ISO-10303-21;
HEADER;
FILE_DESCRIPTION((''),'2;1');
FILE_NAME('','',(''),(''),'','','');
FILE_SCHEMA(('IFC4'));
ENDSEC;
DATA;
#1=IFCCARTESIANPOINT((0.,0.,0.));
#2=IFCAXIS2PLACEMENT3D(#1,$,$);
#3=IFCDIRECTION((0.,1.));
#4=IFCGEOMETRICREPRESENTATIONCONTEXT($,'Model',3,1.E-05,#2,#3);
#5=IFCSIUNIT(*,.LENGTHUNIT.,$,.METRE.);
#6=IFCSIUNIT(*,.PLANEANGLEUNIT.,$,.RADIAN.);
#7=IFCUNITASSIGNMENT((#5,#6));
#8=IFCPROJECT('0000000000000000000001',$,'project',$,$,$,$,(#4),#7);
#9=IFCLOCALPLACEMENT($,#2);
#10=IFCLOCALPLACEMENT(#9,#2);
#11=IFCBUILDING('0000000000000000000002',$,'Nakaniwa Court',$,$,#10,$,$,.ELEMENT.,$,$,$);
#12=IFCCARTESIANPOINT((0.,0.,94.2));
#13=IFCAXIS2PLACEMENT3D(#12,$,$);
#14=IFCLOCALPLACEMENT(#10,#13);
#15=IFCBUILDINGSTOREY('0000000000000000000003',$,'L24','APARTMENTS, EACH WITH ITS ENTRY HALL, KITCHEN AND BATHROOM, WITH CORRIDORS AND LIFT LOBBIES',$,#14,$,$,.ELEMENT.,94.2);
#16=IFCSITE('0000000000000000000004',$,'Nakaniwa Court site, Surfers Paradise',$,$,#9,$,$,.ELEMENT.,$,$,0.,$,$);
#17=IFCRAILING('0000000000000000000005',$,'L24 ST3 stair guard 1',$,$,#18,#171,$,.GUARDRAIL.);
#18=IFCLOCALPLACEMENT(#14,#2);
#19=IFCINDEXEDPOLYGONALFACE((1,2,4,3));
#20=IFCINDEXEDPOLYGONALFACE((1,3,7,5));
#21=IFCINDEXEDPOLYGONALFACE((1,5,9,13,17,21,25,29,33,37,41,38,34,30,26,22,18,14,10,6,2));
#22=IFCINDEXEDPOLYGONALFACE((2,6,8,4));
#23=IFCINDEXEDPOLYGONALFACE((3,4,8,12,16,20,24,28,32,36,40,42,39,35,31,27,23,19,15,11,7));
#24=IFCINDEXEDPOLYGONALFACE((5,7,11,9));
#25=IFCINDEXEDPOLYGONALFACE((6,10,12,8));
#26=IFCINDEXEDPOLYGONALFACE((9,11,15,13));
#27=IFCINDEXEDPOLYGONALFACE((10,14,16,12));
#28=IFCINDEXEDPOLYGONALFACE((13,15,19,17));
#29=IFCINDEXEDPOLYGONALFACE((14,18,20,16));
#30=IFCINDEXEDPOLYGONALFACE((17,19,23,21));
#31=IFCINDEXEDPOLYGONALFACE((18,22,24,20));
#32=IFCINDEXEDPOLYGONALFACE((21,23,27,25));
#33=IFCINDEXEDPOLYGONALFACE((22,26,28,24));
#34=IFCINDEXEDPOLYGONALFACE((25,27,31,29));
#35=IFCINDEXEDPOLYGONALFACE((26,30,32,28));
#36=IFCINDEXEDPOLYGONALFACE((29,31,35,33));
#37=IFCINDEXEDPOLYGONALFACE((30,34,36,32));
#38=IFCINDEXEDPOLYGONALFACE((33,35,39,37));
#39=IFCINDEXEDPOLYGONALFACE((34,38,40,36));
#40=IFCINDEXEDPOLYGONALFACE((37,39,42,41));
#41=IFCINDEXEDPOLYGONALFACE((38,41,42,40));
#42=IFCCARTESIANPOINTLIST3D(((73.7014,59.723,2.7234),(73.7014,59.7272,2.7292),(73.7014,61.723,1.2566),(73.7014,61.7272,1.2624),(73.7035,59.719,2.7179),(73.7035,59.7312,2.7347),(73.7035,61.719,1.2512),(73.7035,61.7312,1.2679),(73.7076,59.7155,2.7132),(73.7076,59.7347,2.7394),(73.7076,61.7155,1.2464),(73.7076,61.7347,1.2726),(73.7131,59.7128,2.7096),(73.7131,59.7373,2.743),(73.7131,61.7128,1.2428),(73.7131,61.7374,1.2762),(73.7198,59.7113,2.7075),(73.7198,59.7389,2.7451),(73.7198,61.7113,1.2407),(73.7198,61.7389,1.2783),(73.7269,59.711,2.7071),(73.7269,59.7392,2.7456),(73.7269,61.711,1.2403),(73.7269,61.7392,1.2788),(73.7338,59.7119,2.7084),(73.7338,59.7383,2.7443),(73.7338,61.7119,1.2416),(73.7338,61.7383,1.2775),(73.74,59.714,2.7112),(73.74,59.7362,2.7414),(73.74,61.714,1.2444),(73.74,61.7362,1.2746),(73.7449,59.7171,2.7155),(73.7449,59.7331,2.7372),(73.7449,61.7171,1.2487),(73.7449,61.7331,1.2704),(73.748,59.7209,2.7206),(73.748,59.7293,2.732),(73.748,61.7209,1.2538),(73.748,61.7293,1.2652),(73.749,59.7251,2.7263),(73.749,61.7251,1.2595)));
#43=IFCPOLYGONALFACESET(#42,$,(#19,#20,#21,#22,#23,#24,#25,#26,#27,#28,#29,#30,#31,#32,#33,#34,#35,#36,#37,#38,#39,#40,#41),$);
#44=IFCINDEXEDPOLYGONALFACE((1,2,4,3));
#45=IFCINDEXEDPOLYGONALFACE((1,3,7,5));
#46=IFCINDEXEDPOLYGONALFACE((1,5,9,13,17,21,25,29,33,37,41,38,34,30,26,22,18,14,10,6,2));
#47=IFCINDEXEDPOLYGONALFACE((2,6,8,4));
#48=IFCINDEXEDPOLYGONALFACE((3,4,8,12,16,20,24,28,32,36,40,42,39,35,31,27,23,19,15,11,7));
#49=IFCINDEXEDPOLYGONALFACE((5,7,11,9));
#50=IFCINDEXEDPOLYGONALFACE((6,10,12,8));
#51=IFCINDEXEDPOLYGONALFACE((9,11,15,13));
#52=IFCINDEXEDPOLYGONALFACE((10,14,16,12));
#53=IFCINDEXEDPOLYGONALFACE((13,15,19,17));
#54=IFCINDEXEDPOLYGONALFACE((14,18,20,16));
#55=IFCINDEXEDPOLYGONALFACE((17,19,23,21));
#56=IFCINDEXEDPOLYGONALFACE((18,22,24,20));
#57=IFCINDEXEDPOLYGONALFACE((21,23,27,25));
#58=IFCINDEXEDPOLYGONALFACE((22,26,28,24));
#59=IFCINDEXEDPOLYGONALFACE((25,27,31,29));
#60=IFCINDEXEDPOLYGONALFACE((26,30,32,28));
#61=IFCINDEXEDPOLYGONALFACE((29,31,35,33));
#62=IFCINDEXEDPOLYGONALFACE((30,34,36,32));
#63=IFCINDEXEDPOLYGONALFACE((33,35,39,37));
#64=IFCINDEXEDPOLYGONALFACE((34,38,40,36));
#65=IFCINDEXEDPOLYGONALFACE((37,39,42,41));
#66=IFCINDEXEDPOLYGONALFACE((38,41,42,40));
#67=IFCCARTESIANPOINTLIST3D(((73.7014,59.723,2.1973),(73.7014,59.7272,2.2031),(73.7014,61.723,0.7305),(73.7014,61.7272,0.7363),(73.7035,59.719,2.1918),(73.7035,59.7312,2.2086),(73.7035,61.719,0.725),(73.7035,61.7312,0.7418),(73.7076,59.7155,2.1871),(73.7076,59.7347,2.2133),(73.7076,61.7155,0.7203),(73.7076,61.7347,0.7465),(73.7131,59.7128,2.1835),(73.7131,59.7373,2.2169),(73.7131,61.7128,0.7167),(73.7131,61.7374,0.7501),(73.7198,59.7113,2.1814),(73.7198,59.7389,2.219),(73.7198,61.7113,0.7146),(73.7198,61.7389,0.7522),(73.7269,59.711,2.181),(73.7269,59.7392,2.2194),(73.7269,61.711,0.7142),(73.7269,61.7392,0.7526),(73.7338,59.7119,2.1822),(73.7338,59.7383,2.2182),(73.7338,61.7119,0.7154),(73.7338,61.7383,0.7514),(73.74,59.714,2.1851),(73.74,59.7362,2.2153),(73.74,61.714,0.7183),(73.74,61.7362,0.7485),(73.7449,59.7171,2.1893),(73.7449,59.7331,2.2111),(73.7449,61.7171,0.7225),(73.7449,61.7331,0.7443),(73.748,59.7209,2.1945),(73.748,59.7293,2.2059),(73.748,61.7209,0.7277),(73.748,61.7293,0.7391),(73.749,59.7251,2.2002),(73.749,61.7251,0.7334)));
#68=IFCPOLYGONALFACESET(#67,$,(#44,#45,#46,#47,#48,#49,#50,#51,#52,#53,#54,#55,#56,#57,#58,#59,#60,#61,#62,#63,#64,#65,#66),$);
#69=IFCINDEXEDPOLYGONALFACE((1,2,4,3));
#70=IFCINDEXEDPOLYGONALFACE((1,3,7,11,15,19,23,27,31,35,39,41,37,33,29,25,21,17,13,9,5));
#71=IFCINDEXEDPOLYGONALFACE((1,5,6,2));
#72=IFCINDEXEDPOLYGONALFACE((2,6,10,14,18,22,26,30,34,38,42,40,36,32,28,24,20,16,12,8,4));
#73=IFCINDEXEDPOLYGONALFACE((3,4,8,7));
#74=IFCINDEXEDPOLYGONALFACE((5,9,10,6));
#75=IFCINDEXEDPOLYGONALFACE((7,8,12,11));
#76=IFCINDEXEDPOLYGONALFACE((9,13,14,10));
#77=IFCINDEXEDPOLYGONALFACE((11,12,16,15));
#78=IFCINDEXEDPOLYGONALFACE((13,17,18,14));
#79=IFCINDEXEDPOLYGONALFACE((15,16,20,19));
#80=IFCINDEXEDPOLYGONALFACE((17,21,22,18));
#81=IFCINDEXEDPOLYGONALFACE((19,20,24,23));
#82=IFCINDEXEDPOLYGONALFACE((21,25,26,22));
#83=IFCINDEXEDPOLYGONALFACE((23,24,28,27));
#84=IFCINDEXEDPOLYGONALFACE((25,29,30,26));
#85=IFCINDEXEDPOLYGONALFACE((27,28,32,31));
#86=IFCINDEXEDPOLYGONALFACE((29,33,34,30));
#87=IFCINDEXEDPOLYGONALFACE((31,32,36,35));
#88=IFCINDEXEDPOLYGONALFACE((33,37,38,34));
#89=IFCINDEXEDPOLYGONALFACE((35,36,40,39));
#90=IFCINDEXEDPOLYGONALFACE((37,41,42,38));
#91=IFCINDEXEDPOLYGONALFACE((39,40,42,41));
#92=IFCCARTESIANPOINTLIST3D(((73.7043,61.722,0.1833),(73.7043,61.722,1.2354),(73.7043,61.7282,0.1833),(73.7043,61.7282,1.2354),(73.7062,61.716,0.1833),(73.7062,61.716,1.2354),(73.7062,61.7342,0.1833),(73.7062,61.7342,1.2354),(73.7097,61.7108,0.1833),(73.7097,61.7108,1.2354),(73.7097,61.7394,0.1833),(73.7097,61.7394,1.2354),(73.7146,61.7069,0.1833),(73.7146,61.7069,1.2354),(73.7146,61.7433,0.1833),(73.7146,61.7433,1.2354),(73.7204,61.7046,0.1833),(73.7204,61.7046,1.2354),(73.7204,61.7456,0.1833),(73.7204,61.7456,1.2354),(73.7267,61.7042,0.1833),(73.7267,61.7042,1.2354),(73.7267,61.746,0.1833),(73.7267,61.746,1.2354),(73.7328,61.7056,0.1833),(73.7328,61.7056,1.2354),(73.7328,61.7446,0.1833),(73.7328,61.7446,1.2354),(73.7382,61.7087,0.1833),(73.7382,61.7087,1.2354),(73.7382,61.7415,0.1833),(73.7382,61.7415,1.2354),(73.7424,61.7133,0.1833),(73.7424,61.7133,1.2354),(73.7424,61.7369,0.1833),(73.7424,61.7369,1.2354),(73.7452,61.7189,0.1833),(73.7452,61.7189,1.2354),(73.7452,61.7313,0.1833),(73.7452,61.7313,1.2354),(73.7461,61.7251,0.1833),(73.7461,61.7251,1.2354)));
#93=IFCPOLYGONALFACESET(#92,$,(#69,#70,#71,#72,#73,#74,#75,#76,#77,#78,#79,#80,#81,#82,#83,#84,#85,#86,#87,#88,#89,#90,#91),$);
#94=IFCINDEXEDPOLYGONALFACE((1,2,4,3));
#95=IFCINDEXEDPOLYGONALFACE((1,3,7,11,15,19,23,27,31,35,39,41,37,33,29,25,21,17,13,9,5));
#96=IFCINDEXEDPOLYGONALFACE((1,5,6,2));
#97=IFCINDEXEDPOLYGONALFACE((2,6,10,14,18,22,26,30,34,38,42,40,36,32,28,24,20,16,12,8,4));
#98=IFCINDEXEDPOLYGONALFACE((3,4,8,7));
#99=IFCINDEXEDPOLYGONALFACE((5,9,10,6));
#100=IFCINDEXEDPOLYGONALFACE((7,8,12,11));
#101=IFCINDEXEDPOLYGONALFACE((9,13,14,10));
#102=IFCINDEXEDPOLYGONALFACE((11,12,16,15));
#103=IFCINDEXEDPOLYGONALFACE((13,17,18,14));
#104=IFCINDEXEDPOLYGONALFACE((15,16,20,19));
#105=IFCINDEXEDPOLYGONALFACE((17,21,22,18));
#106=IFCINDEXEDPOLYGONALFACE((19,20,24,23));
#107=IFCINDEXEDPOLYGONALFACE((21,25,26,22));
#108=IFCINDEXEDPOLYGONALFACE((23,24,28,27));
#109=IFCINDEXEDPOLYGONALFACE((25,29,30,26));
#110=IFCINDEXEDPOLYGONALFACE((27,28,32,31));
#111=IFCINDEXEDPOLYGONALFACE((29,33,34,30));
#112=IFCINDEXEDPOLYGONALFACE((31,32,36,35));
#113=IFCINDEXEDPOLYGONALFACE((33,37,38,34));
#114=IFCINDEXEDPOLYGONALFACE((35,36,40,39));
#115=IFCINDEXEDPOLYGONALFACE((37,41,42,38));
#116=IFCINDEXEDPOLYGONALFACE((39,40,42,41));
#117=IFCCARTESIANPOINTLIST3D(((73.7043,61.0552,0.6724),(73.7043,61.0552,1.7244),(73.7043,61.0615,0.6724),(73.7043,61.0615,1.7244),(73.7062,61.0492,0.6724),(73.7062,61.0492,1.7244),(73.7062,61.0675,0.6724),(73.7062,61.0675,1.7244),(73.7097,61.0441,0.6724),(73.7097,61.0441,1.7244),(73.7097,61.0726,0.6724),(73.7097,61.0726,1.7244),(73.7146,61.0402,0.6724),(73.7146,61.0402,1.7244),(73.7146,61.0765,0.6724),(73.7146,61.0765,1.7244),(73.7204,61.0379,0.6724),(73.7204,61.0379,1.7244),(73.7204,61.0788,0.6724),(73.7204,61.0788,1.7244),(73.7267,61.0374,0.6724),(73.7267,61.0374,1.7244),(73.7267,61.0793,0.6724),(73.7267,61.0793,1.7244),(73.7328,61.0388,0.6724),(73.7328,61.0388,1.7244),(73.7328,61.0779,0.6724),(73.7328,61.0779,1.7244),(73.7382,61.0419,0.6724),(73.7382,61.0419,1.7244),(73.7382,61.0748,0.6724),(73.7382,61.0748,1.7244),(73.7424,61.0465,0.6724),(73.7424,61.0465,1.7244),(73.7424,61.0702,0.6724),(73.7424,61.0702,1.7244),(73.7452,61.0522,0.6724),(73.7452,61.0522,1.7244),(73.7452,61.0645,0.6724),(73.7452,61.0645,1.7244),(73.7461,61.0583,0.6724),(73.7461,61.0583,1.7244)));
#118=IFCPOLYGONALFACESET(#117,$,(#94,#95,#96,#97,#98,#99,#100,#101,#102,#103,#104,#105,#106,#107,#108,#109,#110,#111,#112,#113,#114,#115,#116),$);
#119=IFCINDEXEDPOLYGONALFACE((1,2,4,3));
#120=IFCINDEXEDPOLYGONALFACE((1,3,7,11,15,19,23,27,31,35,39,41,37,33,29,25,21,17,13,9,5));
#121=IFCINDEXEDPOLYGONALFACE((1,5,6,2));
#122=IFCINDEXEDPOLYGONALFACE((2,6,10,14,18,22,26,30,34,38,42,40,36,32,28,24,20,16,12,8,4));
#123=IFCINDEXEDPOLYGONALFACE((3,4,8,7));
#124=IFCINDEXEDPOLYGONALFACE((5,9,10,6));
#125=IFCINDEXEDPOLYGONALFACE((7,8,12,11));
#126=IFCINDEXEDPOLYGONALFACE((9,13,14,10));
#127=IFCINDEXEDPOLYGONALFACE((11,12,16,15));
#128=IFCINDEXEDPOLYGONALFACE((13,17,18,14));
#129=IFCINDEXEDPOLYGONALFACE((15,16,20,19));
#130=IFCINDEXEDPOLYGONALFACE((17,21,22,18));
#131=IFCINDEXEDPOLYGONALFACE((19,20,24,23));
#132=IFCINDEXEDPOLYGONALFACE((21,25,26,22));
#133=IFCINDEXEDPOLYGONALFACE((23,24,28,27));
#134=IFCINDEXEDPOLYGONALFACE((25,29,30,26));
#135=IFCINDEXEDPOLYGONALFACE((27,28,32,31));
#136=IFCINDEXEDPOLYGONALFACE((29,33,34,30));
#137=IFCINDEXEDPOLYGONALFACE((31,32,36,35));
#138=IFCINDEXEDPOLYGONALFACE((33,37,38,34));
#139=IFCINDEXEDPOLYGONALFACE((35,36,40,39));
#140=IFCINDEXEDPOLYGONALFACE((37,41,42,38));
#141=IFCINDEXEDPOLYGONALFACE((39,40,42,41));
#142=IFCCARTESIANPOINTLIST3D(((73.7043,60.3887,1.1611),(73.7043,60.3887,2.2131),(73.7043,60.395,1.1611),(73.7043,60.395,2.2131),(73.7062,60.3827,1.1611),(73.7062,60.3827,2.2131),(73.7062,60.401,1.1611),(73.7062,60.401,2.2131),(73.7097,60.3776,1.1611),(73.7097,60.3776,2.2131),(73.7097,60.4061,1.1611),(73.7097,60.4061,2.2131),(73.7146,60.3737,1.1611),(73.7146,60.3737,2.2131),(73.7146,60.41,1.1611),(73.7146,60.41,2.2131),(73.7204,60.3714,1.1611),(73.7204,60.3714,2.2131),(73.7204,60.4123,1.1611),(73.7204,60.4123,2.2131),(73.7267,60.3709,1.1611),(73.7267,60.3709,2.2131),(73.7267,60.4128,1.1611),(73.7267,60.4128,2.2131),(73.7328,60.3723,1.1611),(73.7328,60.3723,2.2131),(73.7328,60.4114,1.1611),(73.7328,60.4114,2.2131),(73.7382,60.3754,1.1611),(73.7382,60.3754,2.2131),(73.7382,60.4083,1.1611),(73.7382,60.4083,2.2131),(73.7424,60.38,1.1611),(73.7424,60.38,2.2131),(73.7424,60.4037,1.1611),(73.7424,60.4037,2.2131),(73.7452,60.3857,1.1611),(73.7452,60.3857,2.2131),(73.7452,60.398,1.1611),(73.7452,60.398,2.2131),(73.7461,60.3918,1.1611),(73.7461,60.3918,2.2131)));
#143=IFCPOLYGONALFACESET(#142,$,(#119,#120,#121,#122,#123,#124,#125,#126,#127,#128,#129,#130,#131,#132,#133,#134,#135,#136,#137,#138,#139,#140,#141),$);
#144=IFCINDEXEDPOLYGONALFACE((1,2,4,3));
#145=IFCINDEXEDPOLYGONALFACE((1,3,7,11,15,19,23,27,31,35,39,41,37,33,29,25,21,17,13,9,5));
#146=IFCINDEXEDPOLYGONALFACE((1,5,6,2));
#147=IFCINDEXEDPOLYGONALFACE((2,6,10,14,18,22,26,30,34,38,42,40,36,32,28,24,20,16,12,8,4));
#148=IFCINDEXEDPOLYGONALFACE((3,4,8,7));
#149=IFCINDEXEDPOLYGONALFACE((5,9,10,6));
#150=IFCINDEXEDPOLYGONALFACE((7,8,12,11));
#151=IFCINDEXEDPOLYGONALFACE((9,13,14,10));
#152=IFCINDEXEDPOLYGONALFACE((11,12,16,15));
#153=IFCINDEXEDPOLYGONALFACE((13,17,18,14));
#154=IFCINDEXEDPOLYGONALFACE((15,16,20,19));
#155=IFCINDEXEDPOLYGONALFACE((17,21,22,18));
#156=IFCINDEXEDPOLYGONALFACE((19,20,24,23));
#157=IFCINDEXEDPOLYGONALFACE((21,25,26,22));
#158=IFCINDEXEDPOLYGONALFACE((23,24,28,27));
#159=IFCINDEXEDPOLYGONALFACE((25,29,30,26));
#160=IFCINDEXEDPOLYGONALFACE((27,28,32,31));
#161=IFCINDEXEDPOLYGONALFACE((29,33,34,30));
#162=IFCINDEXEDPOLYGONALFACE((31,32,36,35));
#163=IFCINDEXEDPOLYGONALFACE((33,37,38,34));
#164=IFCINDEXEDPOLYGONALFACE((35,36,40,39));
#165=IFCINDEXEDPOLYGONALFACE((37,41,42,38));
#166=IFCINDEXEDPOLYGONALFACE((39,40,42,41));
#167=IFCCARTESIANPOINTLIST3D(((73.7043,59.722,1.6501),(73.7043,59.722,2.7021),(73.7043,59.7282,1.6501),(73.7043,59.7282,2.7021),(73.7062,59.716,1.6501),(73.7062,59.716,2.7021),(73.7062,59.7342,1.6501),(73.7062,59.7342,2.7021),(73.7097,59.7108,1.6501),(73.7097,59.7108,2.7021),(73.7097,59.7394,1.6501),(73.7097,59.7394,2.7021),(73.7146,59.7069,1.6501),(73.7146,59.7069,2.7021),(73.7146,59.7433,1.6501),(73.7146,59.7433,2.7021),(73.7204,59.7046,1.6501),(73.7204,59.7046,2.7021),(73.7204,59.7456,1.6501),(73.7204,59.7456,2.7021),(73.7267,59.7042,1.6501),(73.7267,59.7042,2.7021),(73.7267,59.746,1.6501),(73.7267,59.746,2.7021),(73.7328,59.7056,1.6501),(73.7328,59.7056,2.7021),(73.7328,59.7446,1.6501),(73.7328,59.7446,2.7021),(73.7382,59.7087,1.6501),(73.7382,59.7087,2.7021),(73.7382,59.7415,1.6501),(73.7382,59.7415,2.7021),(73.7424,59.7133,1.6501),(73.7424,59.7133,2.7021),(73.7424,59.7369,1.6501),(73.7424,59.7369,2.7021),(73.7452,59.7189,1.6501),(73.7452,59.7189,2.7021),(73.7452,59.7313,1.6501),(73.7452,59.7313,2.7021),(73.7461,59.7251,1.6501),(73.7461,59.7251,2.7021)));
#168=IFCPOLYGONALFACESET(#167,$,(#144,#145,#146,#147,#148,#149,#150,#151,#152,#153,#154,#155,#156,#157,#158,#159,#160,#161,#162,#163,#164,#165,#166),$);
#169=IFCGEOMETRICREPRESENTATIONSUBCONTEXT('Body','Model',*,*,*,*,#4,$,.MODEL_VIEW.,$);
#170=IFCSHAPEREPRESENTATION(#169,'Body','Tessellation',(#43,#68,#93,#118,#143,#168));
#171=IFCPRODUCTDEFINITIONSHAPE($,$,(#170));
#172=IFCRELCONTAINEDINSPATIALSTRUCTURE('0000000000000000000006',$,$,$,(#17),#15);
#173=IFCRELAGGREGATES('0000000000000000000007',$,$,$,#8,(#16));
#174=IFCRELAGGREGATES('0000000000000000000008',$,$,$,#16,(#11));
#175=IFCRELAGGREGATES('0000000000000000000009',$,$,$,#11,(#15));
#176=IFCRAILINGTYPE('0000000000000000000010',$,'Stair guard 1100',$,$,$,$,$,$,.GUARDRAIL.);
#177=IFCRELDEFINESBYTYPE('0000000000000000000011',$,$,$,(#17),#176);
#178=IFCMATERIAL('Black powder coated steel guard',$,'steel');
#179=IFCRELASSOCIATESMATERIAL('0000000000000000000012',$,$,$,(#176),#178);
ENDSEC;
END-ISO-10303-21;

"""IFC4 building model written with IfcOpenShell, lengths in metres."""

from ifc_helpers import new_model, si_unit, direction, frame, origin, origin_2d, place, context, subcontext, project, spatial, circle, extrude, material, type_object, element, save


model = new_model("IFC4")

# Units and contexts
model_context = context("Model", 3, precision=1e-05, world=origin(), true_north=direction((0.0, 1.0)))
body_context = subcontext(model_context, "Body", "Model", "MODEL_VIEW")
ifc_project = project(units=[si_unit("LENGTHUNIT", "METRE"), si_unit("PLANEANGLEUNIT", "RADIAN")], contexts=[model_context])

# Site, building, storey
site_placement = place(None, origin())
site = spatial("IfcSite", under=ifc_project, at=site_placement, Name="Nakaniwa Court site, Surfers Paradise", CompositionType="ELEMENT", RefElevation=0.0)
building_placement = place(site_placement, origin())
building = spatial("IfcBuilding", under=site, at=building_placement, Name="Nakaniwa Court", CompositionType="ELEMENT")
storey_placement = place(building_placement, frame((0.0, 0.0, 94.2)))
storey = spatial("IfcBuildingStorey", under=building, at=storey_placement, Name="L24", Description="APARTMENTS, EACH WITH ITS ENTRY HALL, KITCHEN AND BATHROOM, WITH CORRIDORS AND LIFT LOBBIES", CompositionType="ELEMENT", Elevation=94.2)

# Railing
ifc_material_1 = material(Name="Black powder coated steel guard", Category="steel")
railing_type_1 = type_object("IfcRailingType", Name="Stair guard 1100", PredefinedType="GUARDRAIL", material=ifc_material_1)
railing_1_placement = place(storey_placement, frame((73.7251, 61.7251, 0.1833)))
element("IfcRailing", 1, at=railing_1_placement, inside=storey, type_object=railing_type_1, Name="L24 ST3 stair guard 1", PredefinedType="GUARDRAIL", context=body_context, shape_type="SweptSolid", body=[
    extrude(circle(Radius=0.0239, at=origin_2d()), frame((0.0, 0.0, 1.0762), z_axis=(0.0, -0.80638, 0.591398), x_axis=(1.0, 0.0, 0.0)), (0.0, 0.0, 1.0), 2.4802),
    extrude(circle(Radius=0.0239, at=origin_2d()), frame((0.0, 0.0, 0.55), z_axis=(0.0, -0.80638, 0.591398), x_axis=(1.0, 0.0, 0.0)), (0.0, 0.0, 1.0), 2.4802),
    extrude(circle(Radius=0.021, at=origin_2d()), origin(), (0.0, 0.0, 1.0), 1.052),
    extrude(circle(Radius=0.021, at=origin_2d()), frame((0.0, -0.6667, 0.489)), (0.0, 0.0, 1.0), 1.052),
    extrude(circle(Radius=0.021, at=origin_2d()), frame((0.0, -1.3333, 0.9778)), (0.0, 0.0, 1.0), 1.052),
    extrude(circle(Radius=0.021, at=origin_2d()), frame((0.0, -2.0, 1.4668)), (0.0, 0.0, 1.0), 1.052),
])

save(model, "model.ifc")
